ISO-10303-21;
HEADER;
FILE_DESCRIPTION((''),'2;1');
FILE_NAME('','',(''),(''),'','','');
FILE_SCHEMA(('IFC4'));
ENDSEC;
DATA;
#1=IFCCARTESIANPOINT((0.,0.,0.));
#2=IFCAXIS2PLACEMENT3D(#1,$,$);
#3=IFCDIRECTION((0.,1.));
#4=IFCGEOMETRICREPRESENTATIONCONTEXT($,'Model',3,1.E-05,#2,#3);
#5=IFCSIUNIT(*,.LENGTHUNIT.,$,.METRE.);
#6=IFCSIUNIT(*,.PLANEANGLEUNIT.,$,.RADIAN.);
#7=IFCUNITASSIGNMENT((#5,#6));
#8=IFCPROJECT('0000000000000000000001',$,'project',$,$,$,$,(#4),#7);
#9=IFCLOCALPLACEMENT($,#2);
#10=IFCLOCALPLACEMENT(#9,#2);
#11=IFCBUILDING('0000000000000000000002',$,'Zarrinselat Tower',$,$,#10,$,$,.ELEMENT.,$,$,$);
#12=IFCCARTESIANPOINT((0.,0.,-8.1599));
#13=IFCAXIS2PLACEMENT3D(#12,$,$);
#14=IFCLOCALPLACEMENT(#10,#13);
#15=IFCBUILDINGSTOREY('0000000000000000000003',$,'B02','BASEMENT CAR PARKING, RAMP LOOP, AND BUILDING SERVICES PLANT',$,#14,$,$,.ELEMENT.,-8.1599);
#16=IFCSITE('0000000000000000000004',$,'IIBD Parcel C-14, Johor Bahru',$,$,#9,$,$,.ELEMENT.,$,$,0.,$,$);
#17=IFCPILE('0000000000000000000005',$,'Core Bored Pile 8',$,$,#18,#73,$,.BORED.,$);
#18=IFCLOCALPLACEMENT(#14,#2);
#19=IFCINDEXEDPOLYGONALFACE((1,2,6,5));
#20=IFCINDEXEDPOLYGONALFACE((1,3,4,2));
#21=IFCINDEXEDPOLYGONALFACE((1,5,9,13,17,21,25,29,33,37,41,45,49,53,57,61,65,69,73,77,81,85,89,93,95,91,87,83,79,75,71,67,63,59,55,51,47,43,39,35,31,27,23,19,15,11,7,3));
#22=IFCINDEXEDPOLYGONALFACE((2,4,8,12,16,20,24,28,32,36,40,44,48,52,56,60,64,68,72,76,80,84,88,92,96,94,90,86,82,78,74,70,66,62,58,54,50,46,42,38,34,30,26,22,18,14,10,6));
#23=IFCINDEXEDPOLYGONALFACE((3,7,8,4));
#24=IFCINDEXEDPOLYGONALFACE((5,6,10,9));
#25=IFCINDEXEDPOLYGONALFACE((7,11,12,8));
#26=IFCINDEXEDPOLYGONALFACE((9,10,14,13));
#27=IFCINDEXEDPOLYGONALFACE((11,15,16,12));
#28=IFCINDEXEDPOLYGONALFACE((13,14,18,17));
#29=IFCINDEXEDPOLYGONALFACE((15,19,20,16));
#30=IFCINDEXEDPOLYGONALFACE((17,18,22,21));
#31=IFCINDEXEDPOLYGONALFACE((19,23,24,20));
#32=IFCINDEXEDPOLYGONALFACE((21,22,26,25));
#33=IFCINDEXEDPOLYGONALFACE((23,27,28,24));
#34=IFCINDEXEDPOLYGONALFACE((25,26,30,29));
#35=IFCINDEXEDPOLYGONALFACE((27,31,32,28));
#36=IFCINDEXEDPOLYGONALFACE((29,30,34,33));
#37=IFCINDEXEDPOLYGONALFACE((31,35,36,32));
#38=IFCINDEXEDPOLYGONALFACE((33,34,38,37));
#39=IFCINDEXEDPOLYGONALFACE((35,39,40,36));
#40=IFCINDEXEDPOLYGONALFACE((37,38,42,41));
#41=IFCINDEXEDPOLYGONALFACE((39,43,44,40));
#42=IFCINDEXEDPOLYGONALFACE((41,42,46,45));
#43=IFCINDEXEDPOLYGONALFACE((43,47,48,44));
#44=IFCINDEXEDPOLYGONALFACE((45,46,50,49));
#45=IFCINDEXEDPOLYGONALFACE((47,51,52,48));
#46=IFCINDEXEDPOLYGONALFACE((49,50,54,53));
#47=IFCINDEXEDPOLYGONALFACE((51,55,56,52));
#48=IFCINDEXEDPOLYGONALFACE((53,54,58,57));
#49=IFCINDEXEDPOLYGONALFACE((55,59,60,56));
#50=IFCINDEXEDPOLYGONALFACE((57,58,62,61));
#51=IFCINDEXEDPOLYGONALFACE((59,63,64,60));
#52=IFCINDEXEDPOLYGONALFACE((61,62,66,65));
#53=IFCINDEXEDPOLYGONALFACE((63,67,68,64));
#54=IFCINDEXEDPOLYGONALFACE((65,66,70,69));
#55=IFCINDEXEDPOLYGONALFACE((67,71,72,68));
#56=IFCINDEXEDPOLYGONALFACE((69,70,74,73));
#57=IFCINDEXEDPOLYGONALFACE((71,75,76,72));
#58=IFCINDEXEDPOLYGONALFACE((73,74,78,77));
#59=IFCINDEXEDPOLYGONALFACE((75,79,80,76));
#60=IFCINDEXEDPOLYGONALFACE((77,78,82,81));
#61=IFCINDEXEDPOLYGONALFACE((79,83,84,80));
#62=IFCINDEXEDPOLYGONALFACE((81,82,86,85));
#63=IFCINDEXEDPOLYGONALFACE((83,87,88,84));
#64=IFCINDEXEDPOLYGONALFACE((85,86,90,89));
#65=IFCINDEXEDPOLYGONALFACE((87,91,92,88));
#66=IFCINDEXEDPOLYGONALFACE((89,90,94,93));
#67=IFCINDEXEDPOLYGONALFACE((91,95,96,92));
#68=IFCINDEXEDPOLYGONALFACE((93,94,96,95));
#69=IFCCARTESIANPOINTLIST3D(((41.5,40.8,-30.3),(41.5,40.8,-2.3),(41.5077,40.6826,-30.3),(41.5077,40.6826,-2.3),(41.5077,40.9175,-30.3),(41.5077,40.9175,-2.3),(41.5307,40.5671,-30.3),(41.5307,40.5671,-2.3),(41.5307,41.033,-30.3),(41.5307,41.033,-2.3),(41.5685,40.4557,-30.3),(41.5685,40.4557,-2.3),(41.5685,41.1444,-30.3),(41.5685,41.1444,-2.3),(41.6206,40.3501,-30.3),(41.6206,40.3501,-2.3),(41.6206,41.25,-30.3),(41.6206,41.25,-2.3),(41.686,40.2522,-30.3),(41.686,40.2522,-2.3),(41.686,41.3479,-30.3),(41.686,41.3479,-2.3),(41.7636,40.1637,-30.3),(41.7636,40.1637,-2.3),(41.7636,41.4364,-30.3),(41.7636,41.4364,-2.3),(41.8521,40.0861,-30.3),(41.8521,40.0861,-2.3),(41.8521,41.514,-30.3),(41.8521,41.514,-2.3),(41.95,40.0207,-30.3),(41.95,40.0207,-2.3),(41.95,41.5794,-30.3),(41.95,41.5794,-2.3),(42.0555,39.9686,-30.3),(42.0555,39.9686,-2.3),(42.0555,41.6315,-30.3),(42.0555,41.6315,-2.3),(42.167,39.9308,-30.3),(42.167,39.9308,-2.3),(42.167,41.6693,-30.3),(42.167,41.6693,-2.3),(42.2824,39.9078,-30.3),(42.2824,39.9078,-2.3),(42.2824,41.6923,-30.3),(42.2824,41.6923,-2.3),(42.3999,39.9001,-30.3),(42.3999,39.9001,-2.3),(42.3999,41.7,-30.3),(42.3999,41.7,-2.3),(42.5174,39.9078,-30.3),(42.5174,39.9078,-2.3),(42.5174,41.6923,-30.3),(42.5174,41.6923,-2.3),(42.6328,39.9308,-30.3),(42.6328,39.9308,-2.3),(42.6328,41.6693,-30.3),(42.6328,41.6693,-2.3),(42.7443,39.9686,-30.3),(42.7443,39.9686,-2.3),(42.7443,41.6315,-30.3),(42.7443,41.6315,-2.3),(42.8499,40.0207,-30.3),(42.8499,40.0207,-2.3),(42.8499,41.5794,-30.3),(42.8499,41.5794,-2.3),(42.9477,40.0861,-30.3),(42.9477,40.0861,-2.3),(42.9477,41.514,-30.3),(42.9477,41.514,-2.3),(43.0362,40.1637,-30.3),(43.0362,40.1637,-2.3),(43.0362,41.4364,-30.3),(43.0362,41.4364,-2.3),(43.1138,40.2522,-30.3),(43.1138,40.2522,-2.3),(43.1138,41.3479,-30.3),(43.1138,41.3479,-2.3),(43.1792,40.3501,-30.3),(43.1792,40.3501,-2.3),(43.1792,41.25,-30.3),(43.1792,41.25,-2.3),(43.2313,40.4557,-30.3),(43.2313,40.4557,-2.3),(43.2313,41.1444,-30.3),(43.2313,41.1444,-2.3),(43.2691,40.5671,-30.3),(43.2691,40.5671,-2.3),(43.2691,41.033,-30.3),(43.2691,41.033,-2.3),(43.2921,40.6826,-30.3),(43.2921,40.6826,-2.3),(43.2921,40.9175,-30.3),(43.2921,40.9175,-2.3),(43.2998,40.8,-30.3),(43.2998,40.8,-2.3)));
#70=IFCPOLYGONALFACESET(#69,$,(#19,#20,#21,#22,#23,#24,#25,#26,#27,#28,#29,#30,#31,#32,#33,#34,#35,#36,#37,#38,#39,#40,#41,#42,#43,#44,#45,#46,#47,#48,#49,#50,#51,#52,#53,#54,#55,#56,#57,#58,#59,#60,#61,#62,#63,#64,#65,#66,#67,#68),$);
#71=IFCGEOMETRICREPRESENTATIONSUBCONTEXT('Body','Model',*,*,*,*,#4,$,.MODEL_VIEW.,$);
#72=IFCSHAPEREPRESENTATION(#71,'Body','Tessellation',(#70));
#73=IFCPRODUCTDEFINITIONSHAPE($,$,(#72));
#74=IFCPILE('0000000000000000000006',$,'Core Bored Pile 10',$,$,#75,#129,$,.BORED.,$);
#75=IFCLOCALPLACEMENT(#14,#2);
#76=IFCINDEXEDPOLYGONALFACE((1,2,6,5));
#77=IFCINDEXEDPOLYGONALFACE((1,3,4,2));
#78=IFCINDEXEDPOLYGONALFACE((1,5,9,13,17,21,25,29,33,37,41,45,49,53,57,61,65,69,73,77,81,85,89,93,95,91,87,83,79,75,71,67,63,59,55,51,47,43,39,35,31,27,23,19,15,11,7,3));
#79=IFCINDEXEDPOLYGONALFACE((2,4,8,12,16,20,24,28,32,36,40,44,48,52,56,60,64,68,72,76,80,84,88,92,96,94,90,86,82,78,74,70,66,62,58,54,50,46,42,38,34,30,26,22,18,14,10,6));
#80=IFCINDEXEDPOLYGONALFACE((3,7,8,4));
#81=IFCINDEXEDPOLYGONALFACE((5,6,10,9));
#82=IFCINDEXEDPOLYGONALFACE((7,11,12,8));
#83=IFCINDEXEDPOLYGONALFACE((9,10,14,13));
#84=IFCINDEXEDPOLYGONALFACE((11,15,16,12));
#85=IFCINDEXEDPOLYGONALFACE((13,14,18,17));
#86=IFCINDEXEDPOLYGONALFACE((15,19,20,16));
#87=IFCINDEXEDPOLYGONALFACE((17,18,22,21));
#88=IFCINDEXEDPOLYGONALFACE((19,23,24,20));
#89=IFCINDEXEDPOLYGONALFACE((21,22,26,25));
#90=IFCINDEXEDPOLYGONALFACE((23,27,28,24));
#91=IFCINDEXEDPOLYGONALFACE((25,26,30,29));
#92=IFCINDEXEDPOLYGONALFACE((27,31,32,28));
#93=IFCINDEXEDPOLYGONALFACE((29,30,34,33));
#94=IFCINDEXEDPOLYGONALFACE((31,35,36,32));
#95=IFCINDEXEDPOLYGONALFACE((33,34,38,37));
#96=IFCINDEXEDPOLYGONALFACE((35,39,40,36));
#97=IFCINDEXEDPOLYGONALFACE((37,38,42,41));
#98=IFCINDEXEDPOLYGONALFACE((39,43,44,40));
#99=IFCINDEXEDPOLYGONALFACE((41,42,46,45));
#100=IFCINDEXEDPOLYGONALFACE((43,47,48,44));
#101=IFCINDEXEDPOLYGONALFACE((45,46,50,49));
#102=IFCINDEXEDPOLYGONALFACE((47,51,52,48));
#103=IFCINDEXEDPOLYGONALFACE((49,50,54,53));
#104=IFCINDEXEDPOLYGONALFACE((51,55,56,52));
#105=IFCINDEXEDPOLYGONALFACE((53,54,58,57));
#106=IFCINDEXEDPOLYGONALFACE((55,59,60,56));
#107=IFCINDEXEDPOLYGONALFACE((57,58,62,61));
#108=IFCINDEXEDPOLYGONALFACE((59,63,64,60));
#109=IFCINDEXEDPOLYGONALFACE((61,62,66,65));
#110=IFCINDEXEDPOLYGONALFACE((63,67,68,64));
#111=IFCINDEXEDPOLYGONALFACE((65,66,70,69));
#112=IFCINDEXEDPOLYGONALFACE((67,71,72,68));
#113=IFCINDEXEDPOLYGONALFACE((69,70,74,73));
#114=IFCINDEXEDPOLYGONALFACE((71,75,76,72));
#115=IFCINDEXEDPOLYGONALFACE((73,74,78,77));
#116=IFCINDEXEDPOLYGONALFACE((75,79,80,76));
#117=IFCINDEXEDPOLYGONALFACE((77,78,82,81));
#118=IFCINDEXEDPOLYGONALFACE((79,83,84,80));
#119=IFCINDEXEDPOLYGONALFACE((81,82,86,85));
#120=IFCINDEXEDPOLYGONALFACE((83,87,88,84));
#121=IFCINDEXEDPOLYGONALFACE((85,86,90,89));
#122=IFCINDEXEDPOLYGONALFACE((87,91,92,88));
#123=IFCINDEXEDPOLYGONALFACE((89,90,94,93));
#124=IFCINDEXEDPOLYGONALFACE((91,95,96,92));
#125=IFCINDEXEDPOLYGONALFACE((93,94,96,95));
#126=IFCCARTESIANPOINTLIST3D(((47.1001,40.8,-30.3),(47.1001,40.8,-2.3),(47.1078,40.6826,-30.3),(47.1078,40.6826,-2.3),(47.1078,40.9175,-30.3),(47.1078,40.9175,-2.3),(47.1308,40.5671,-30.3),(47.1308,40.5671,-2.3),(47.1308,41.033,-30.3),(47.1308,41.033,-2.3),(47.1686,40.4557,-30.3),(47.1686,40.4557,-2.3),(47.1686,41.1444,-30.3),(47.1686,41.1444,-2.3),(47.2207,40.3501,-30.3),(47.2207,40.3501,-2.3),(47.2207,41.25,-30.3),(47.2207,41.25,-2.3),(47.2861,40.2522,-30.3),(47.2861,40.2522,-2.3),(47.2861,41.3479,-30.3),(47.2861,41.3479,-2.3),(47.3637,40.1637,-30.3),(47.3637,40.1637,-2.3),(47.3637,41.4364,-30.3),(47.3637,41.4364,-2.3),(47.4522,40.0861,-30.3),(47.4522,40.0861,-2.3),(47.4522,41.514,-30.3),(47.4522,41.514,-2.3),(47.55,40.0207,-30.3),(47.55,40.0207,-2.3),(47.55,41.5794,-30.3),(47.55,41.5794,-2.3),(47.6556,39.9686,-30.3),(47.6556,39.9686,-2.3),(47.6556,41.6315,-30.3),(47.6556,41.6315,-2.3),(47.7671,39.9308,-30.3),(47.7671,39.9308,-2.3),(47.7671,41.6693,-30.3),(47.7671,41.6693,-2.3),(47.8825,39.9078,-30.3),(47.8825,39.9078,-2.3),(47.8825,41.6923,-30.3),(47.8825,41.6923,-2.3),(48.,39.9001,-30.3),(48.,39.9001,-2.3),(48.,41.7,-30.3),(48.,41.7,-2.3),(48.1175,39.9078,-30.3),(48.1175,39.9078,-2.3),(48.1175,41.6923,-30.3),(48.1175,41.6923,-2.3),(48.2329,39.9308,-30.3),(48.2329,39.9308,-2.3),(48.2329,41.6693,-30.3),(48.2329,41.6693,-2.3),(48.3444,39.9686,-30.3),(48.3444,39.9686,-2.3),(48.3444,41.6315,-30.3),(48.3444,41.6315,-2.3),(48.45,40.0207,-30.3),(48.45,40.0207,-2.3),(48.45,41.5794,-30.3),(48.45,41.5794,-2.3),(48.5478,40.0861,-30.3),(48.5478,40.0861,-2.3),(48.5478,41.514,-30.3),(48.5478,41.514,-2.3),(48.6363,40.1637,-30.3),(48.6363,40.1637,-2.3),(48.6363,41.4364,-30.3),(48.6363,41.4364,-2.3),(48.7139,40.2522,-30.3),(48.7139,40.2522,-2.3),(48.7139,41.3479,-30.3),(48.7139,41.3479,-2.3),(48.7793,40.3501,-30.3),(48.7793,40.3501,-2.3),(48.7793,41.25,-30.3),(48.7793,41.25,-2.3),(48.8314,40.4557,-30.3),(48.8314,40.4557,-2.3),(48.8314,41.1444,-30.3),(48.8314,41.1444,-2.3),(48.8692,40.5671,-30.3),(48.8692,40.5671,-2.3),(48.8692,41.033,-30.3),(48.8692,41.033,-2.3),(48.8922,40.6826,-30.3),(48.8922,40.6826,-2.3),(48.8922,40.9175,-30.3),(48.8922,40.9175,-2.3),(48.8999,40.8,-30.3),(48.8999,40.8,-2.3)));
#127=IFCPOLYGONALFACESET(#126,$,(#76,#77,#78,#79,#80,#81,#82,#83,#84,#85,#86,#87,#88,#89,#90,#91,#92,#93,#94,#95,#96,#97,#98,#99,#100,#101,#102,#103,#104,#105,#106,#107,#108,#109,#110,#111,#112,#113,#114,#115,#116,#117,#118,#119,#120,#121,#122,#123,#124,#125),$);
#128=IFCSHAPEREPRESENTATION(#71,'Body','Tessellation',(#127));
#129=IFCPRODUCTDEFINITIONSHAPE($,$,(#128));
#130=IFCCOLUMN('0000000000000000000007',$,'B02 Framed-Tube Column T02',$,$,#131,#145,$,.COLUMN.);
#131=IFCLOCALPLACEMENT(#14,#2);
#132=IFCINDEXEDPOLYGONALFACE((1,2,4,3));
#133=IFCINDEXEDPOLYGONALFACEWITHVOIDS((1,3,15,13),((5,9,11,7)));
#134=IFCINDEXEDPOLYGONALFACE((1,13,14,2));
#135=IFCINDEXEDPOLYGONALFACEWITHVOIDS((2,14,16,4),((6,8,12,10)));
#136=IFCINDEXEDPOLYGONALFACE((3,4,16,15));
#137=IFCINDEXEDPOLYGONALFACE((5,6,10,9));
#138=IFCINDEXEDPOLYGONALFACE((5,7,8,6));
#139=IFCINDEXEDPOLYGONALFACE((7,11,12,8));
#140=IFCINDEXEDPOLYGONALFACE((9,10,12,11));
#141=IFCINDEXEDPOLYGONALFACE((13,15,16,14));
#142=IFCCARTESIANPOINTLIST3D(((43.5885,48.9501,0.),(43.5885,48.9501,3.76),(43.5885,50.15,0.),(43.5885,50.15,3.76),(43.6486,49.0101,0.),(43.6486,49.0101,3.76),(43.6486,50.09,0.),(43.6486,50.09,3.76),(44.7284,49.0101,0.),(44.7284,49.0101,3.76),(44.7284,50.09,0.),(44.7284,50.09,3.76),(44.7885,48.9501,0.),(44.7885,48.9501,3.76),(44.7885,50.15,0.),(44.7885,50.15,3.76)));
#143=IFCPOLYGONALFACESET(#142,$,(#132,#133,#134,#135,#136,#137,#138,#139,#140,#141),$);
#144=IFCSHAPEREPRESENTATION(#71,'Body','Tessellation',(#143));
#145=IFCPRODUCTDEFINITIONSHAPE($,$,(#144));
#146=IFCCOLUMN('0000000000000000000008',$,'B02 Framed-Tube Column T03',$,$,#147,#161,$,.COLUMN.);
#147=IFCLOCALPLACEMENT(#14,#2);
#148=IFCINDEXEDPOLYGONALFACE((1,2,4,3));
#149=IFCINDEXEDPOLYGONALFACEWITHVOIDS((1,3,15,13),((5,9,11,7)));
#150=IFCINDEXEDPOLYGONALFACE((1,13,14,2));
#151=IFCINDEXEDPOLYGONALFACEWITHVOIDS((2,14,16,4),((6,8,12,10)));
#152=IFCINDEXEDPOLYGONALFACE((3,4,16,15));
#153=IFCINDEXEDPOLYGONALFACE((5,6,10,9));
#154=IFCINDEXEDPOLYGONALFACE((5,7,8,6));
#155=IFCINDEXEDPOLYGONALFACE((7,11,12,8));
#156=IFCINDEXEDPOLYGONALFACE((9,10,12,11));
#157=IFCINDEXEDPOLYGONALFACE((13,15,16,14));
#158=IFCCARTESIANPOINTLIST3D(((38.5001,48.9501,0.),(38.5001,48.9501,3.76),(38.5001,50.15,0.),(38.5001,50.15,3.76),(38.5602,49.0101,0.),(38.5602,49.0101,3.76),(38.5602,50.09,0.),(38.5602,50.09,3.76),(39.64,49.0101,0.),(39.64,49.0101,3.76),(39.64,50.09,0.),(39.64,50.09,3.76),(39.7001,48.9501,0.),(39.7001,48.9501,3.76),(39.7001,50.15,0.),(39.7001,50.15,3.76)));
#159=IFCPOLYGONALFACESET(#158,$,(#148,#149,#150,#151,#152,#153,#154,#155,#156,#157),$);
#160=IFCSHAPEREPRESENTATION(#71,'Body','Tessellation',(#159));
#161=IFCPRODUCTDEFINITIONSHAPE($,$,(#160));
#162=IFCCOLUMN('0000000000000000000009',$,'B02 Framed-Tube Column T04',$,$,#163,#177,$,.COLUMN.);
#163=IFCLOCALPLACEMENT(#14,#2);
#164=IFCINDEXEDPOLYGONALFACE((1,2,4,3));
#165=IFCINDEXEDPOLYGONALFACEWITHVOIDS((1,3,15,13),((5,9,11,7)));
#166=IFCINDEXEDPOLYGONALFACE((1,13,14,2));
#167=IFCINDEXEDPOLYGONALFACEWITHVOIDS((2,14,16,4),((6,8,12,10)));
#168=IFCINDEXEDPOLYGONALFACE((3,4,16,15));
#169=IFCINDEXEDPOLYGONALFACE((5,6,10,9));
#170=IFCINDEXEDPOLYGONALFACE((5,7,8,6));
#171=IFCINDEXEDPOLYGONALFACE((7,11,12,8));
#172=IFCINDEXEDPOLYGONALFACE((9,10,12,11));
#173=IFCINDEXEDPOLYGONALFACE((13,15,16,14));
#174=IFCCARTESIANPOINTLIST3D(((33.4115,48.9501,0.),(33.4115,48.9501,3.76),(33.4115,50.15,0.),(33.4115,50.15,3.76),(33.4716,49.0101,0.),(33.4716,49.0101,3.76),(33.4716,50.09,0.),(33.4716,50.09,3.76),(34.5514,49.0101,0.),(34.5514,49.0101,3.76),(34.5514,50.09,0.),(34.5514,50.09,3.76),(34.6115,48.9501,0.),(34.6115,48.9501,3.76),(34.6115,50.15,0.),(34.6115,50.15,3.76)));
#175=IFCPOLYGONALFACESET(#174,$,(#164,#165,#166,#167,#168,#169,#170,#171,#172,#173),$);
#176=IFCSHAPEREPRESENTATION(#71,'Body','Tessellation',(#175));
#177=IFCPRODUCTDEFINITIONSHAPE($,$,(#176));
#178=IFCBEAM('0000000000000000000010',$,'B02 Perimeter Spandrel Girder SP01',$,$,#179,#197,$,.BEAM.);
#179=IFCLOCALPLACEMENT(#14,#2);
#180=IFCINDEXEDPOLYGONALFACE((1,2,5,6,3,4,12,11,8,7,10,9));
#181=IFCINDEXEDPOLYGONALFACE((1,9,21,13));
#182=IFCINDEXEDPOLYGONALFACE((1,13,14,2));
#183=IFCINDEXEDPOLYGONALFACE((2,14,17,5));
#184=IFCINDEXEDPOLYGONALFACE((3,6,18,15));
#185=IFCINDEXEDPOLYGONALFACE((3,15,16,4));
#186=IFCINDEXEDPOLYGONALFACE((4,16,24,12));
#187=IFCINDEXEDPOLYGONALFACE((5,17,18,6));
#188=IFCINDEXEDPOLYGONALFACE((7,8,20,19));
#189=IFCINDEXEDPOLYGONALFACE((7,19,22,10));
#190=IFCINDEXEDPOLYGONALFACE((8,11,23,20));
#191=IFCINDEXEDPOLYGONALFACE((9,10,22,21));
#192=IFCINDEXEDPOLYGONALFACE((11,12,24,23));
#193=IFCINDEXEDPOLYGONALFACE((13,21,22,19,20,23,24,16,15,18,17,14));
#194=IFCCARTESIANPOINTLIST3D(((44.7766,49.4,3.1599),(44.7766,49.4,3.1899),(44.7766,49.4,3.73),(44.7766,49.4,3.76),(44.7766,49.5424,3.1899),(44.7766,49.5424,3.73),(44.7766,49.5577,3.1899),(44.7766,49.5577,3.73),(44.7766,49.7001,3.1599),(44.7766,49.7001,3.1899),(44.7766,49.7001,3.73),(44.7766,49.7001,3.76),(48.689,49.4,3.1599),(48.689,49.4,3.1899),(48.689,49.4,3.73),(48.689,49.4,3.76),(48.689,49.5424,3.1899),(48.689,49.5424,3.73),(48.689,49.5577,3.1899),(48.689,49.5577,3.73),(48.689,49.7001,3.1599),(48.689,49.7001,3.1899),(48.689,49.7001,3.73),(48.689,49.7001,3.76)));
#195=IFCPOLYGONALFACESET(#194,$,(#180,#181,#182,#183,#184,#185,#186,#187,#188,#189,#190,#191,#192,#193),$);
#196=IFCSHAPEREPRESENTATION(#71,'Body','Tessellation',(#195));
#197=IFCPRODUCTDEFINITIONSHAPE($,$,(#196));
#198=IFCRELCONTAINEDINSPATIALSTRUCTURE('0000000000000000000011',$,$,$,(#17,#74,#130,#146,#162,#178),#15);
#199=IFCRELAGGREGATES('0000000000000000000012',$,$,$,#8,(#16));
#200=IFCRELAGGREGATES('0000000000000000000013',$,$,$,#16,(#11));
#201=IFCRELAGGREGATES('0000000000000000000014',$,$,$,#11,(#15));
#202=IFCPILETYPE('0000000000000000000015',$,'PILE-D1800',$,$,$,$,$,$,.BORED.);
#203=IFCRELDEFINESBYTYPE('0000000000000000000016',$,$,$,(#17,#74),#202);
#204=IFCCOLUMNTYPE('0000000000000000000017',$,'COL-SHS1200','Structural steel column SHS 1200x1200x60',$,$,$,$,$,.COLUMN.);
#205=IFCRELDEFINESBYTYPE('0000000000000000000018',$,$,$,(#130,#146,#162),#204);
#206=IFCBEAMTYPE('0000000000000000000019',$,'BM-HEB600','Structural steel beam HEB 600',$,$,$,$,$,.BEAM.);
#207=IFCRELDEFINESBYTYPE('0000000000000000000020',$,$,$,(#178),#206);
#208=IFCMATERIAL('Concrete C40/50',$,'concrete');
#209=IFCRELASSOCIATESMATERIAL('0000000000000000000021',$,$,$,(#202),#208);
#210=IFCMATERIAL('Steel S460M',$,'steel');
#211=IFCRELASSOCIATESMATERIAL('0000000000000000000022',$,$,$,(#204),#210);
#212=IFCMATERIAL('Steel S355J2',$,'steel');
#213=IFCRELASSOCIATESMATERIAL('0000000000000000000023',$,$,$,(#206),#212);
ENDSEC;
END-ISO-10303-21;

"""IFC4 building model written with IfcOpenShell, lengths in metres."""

from ifc_helpers import new_model, si_unit, direction, frame, origin, origin_2d, place, context, subcontext, project, spatial, hollow_rectangle, circle, i_section, extrude, material, material_profile, profile_set, type_object, element, save


model = new_model("IFC4")

# Units and contexts
model_context = context("Model", 3, precision=1e-05, world=origin(), true_north=direction((0.0, 1.0)))
body_context = subcontext(model_context, "Body", "Model", "MODEL_VIEW")
ifc_project = project(units=[si_unit("LENGTHUNIT", "METRE"), si_unit("PLANEANGLEUNIT", "RADIAN")], contexts=[model_context])

# Site, building, storey
site_placement = place(None, origin())
site = spatial("IfcSite", under=ifc_project, at=site_placement, Name="IIBD Parcel C-14, Johor Bahru", CompositionType="ELEMENT", RefElevation=0.0)
building_placement = place(site_placement, origin())
building = spatial("IfcBuilding", under=site, at=building_placement, Name="Zarrinselat Tower", CompositionType="ELEMENT")
storey_placement = place(building_placement, frame((0.0, 0.0, -8.1599)))
storey = spatial("IfcBuildingStorey", under=building, at=storey_placement, Name="B02", Description="BASEMENT CAR PARKING, RAMP LOOP, AND BUILDING SERVICES PLANT", CompositionType="ELEMENT", Elevation=-8.1599)

# Piles
ifc_material_1 = material(Name="Concrete C40/50", Category="concrete")
ifc_material_profile_1 = material_profile(ifc_material_1, circle(Radius=0.8999, at=origin_2d()), Name="BORED PILE D1800")
ifc_profile_set_1 = profile_set([ifc_material_profile_1], Name="Concrete C40/50")
pile_type_1 = type_object("IfcPileType", Name="PILE-D1800", PredefinedType="BORED", material=ifc_profile_set_1)
for number, where, z_axis, x_axis, name in (
    (1, (42.3999, 40.8, -2.3), (0.0, 0.0, -1.0), (1.0, 0.0, 0.0), "Core Bored Pile 8"),
    (2, (48.0, 40.8, -2.3), (0.0, 0.0, -1.0), (1.0, 0.0, 0.0), "Core Bored Pile 10"),
):
    element("IfcPile", number, at=place(storey_placement, frame(where, z_axis=z_axis, x_axis=x_axis)), inside=storey, type_object=pile_type_1, Name=name, PredefinedType="BORED", context=body_context, shape_type="SweptSolid", body=[
        extrude(circle(Radius=0.8999, at=origin_2d()), origin(), (0.0, 0.0, 1.0), 28.0),
    ])

# Columns
ifc_material_2 = material(Name="Steel S460M", Category="steel")
ifc_material_profile_2 = material_profile(ifc_material_2, hollow_rectangle(XDim=1.2, YDim=1.2, WallThickness=0.0601, at=origin_2d()), Name="SHS 1200x1200x60")
ifc_profile_set_2 = profile_set([ifc_material_profile_2], Name="Steel S460M")
column_type = type_object("IfcColumnType", Name="COL-SHS1200", Description="Structural steel column SHS 1200x1200x60", PredefinedType="COLUMN", material=ifc_profile_set_2)
for number, where, z_axis, x_axis, name in (
    (3, (44.1885, 49.55, 0.0), (0.0, 0.0, 1.0), (1.0, 0.0, 0.0), "B02 Framed-Tube Column T02"),
    (4, (39.1001, 49.55, 0.0), (0.0, 0.0, 1.0), (1.0, 0.0, 0.0), "B02 Framed-Tube Column T03"),
    (5, (34.0115, 49.55, 0.0), (0.0, 0.0, 1.0), (1.0, 0.0, 0.0), "B02 Framed-Tube Column T04"),
):
    element("IfcColumn", number, at=place(storey_placement, frame(where, z_axis=z_axis, x_axis=x_axis)), inside=storey, type_object=column_type, Name=name, PredefinedType="COLUMN", context=body_context, shape_type="SweptSolid", body=[
        extrude(hollow_rectangle(XDim=1.2, YDim=1.2, WallThickness=0.0601, at=origin_2d()), origin(), (0.0, 0.0, 1.0), 3.76),
    ])

# Beam
ifc_material_3 = material(Name="Steel S355J2", Category="steel")
ifc_material_profile_3 = material_profile(ifc_material_3, i_section(OverallWidth=0.3, OverallDepth=0.6001, WebThickness=0.0154, FlangeThickness=0.03, at=origin_2d()), Name="HEB 600")
ifc_profile_set_3 = profile_set([ifc_material_profile_3], Name="Steel S355J2")
beam_type_1 = type_object("IfcBeamType", Name="BM-HEB600", Description="Structural steel beam HEB 600", PredefinedType="BEAM", material=ifc_profile_set_3)
beam_1_placement = place(storey_placement, frame((44.7766, 49.55, 3.46), z_axis=(1.0, 0.0, 0.0), x_axis=(0.0, 1.0, 0.0)))
element("IfcBeam", 6, at=beam_1_placement, inside=storey, type_object=beam_type_1, Name="B02 Perimeter Spandrel Girder SP01", PredefinedType="BEAM", context=body_context, shape_type="SweptSolid", body=[
    extrude(i_section(OverallWidth=0.3, OverallDepth=0.6001, WebThickness=0.0154, FlangeThickness=0.03, at=origin_2d()), origin(), (0.0, 0.0, 1.0), 3.9124),
])

save(model, "model.ifc")
